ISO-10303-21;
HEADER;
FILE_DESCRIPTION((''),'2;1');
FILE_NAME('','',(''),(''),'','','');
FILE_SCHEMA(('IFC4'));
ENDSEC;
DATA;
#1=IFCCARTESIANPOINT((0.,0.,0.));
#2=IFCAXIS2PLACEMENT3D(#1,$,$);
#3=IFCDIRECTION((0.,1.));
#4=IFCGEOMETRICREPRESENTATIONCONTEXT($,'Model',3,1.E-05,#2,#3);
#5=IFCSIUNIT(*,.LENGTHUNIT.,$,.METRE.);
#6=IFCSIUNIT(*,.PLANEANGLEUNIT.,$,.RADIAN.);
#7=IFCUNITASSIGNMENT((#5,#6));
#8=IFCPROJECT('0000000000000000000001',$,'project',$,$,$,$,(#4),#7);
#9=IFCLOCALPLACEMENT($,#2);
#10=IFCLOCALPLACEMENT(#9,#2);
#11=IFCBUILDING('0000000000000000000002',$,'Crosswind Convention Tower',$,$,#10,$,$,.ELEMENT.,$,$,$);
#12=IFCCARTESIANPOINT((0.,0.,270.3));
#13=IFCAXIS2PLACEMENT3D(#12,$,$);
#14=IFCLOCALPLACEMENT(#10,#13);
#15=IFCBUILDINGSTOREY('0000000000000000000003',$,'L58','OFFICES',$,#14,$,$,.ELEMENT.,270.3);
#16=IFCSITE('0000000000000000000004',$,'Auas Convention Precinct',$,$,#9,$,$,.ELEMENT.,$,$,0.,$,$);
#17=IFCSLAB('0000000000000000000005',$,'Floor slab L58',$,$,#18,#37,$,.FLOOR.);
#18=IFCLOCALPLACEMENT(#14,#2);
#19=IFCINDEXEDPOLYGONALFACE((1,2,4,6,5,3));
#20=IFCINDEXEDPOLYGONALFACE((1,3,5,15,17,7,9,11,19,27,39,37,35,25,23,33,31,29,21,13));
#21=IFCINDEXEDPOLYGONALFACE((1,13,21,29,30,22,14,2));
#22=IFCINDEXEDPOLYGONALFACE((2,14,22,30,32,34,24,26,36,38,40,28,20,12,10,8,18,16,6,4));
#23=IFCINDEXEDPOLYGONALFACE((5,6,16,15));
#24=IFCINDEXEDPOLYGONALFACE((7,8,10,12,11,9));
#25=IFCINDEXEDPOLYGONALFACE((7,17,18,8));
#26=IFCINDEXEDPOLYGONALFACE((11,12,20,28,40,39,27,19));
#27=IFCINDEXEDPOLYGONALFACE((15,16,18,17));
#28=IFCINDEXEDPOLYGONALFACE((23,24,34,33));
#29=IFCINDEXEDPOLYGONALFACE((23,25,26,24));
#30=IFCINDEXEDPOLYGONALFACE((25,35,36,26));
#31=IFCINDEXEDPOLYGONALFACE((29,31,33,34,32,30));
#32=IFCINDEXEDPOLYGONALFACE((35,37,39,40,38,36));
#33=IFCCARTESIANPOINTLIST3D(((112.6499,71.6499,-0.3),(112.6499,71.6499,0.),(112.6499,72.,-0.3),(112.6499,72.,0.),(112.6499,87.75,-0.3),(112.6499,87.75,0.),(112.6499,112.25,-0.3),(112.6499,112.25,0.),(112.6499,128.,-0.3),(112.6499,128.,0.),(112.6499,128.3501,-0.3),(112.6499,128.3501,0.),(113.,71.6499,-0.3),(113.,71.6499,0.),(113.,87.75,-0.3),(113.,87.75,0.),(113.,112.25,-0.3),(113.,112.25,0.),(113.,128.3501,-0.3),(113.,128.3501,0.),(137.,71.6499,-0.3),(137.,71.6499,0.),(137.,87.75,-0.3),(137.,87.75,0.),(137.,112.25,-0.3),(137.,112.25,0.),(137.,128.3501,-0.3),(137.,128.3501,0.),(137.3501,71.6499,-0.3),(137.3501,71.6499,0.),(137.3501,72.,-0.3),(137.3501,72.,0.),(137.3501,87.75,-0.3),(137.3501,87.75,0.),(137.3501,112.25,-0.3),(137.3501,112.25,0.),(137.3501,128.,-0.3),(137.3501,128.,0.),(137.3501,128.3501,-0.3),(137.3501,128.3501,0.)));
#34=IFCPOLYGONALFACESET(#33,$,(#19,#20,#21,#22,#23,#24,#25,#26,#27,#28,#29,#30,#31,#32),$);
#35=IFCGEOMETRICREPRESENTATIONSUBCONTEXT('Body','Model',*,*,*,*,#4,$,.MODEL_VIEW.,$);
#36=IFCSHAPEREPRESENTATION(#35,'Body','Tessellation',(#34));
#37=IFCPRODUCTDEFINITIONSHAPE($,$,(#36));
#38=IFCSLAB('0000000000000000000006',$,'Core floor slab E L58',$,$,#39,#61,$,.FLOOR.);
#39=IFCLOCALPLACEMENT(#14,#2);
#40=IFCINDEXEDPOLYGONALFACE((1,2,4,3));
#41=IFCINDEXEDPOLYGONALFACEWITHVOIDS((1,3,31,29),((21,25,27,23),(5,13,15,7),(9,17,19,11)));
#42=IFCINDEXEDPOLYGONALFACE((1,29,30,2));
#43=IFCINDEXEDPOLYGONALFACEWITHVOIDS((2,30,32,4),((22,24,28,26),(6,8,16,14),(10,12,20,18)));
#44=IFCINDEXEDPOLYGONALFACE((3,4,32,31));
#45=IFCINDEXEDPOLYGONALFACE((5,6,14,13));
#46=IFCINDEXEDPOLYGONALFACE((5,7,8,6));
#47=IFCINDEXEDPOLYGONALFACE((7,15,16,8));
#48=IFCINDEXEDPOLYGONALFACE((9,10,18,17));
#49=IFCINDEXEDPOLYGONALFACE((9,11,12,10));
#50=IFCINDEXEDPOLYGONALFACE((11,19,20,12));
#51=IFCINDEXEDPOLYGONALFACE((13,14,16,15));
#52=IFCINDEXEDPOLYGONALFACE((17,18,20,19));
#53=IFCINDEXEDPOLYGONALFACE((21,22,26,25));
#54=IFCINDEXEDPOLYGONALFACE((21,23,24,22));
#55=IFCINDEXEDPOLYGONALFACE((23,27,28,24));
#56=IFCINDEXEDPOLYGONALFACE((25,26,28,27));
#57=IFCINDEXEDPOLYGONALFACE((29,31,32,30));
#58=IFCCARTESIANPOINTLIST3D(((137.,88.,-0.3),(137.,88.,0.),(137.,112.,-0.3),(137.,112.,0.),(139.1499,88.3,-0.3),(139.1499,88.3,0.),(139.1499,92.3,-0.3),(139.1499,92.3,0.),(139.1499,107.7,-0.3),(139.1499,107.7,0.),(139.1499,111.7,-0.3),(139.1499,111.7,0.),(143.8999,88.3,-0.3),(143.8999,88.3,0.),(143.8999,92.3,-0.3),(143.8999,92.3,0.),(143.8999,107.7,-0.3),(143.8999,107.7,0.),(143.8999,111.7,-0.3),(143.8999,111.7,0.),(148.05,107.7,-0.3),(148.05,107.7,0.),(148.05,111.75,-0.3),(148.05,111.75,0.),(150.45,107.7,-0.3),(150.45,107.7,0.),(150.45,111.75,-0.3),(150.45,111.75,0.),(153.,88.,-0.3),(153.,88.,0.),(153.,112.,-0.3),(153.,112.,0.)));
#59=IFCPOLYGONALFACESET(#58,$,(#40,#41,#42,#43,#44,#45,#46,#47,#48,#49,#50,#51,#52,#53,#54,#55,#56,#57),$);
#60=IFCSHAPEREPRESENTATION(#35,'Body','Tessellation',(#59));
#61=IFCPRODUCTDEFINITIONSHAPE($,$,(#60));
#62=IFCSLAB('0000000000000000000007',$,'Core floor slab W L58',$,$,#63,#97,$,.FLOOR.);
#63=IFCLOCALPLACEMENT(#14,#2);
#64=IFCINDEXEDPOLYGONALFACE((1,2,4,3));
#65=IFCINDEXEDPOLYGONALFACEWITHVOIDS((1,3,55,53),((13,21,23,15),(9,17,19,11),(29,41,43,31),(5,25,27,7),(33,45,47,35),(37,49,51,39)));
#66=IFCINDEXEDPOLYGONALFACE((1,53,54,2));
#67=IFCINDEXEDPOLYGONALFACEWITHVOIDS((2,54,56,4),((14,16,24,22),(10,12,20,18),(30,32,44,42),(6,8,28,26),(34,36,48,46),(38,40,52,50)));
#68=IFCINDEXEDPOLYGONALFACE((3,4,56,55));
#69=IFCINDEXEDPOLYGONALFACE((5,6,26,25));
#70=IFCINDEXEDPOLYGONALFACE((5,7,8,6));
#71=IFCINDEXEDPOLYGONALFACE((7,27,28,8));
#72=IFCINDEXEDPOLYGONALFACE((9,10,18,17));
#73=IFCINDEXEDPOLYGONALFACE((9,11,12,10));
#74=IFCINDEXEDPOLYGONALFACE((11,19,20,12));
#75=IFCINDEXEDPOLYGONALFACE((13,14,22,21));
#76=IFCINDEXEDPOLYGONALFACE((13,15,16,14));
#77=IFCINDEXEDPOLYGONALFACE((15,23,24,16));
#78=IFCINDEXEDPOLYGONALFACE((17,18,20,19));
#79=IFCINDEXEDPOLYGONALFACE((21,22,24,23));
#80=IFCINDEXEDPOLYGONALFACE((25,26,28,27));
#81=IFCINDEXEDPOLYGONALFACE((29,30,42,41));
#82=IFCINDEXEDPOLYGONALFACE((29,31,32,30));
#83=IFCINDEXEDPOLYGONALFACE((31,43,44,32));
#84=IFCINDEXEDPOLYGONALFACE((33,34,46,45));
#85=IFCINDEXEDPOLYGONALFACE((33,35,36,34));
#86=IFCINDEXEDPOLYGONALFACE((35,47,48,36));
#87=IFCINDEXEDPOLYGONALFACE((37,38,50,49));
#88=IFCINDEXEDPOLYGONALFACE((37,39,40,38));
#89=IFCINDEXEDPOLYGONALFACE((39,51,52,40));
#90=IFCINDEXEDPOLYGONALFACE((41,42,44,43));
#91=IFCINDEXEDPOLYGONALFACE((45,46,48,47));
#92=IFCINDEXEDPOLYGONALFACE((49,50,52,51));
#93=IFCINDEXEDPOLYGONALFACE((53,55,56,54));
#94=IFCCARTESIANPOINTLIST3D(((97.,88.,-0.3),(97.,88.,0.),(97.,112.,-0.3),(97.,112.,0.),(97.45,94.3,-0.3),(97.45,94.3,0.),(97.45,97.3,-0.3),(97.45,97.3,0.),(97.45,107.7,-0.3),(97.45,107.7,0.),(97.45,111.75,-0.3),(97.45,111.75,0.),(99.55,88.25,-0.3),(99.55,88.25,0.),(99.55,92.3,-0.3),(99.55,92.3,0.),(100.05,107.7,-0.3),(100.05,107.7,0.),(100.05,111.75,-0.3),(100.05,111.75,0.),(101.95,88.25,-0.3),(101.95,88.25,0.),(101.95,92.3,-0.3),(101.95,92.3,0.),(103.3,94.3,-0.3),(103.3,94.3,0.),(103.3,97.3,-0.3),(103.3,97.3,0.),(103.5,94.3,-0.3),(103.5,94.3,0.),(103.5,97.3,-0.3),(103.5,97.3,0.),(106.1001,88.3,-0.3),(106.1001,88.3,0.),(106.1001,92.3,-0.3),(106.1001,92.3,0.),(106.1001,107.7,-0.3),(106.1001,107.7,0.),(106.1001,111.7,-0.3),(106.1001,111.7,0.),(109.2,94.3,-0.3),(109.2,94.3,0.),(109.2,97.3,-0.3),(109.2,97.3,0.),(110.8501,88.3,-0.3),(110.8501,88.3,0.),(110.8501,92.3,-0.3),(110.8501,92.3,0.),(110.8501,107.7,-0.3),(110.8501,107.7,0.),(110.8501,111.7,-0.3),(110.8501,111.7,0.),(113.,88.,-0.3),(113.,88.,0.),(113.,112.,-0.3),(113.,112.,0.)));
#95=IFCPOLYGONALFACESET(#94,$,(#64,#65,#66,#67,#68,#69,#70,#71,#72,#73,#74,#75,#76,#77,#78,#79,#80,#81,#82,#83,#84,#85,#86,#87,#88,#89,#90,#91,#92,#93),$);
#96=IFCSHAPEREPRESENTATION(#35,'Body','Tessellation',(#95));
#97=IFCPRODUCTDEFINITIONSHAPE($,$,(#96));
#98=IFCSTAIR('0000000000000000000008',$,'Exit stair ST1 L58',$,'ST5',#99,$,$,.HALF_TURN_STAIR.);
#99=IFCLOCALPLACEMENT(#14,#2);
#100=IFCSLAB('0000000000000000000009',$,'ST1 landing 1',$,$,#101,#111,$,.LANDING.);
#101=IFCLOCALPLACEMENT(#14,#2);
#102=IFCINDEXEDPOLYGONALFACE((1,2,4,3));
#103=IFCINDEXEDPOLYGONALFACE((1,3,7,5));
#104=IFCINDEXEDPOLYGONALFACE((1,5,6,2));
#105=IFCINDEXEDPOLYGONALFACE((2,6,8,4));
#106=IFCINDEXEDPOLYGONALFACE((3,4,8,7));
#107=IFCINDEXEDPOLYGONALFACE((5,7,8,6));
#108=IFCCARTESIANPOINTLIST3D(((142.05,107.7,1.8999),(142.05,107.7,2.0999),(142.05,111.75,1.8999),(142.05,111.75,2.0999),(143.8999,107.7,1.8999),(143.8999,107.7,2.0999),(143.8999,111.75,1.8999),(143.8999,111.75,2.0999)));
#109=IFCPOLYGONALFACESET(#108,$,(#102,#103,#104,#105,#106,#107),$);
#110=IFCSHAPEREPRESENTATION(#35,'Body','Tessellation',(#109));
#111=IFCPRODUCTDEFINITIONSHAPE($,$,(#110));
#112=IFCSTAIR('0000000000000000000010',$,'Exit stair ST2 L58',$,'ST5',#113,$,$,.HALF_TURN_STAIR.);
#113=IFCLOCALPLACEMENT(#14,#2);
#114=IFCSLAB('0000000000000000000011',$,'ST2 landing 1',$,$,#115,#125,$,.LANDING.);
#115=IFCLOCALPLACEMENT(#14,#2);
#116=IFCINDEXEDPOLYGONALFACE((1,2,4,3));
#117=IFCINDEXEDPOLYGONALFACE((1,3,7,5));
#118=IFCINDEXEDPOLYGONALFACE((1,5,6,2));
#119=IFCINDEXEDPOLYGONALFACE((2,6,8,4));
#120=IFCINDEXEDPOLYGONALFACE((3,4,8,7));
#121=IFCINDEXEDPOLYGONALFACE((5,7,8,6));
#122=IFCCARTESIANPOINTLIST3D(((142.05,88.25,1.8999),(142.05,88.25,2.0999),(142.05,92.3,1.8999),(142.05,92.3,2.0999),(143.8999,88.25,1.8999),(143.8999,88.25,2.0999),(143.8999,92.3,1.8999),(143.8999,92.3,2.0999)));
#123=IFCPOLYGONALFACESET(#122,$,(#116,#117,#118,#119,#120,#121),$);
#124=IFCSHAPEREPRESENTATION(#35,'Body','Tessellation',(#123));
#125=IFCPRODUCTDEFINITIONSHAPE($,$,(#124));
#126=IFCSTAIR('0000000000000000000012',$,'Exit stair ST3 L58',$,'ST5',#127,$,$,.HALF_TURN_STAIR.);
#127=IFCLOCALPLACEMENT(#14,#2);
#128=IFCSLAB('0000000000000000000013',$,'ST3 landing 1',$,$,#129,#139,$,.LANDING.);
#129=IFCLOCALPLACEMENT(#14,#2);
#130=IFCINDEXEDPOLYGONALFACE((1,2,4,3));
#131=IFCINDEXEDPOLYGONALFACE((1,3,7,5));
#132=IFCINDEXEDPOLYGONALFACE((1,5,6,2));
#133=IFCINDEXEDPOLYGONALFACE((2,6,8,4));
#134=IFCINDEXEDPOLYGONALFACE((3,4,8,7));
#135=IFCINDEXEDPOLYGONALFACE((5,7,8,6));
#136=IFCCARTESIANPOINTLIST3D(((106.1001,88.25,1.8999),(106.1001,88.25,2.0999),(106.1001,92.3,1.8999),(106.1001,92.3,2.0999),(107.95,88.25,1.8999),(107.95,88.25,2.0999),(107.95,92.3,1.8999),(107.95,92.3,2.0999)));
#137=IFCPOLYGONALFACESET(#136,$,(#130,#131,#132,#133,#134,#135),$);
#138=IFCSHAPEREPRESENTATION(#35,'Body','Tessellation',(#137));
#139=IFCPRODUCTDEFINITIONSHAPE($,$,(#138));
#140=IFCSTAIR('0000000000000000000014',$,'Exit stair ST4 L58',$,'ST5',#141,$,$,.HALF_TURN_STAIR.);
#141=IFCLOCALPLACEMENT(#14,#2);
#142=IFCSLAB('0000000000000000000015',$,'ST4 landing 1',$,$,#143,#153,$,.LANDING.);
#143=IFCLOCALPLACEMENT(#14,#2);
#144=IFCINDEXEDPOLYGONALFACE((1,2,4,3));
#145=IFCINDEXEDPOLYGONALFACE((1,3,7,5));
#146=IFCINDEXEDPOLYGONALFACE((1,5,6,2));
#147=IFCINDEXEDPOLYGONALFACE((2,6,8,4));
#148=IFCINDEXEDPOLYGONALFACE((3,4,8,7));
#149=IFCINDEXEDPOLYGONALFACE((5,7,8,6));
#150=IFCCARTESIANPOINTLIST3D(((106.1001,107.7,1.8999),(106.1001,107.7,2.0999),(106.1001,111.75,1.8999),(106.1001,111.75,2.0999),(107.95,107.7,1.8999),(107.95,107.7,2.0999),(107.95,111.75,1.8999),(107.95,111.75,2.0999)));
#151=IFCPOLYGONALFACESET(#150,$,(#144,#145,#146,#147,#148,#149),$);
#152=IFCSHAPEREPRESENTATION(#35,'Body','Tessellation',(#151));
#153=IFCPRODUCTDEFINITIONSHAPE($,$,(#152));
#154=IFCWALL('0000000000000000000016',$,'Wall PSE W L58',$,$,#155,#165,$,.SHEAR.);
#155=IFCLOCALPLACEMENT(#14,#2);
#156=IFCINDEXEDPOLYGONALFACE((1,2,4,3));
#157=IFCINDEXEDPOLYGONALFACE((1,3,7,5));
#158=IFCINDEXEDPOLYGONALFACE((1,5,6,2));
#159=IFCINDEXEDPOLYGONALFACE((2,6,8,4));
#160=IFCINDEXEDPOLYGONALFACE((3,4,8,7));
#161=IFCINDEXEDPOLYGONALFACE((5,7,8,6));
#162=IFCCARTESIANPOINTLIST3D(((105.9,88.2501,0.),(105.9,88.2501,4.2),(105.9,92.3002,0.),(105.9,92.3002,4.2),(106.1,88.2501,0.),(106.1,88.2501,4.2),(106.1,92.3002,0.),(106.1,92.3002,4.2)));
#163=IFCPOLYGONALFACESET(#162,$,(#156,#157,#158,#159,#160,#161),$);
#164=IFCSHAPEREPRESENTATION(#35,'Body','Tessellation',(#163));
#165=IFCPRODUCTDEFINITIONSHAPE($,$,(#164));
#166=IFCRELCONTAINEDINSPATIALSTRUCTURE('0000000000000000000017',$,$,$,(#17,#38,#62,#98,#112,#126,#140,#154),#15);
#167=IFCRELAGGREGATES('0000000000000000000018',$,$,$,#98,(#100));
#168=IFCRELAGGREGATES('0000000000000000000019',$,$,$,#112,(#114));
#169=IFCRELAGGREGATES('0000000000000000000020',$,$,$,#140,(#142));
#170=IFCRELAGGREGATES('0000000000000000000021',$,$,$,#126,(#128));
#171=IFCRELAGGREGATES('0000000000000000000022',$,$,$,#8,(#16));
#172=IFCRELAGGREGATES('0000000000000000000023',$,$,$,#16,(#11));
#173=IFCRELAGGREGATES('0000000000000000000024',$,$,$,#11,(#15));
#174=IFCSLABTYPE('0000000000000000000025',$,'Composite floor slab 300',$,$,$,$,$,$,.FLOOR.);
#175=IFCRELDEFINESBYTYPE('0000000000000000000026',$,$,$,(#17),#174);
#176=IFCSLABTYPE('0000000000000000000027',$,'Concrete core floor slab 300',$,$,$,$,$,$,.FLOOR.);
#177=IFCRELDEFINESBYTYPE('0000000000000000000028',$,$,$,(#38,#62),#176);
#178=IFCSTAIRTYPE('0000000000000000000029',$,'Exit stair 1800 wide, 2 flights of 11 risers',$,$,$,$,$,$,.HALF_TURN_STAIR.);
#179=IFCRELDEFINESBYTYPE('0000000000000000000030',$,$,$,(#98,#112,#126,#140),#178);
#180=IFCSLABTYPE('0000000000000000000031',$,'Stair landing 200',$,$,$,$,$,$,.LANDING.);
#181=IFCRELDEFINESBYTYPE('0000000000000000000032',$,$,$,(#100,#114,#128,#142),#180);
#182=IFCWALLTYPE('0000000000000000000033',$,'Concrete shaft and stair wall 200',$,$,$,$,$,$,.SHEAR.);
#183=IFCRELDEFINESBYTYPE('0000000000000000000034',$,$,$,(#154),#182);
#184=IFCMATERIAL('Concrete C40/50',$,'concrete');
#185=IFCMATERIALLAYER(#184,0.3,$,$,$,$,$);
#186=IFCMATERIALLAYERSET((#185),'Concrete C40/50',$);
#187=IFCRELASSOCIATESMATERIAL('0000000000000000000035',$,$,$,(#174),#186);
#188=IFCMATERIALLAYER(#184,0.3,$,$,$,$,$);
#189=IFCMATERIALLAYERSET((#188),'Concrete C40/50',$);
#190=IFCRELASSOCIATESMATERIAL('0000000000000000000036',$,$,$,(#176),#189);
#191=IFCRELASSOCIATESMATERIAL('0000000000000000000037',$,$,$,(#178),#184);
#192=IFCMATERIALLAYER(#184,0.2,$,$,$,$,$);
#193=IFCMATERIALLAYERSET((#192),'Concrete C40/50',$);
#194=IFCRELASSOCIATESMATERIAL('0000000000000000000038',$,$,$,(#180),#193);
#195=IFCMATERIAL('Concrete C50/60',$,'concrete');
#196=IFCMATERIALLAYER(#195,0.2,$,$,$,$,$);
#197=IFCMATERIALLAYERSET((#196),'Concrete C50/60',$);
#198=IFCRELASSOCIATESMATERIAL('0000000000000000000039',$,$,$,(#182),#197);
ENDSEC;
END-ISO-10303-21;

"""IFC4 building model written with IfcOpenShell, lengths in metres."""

from ifc_helpers import new_model, si_unit, direction, frame, frame_2d, origin, place, context, subcontext, project, spatial, polyline, rectangle, outline, extrude, material, layer, layer_set, type_object, element, aggregate, save


model = new_model("IFC4")

# Units and contexts
model_context = context("Model", 3, precision=1e-05, world=origin(), true_north=direction((0.0, 1.0)))
body_context = subcontext(model_context, "Body", "Model", "MODEL_VIEW")
ifc_project = project(units=[si_unit("LENGTHUNIT", "METRE"), si_unit("PLANEANGLEUNIT", "RADIAN")], contexts=[model_context])

# Site, building, storey
site_placement = place(None, origin())
site = spatial("IfcSite", under=ifc_project, at=site_placement, Name="Auas Convention Precinct", CompositionType="ELEMENT", RefElevation=0.0)
building_placement = place(site_placement, origin())
building = spatial("IfcBuilding", under=site, at=building_placement, Name="Crosswind Convention Tower", CompositionType="ELEMENT")
storey_placement = place(building_placement, frame((0.0, 0.0, 270.3)))
storey = spatial("IfcBuildingStorey", under=building, at=storey_placement, Name="L58", Description="OFFICES", CompositionType="ELEMENT", Elevation=270.3)

# Slabs
ifc_material_1 = material(Name="Concrete C40/50", Category="concrete")
ifc_layer_1 = layer(ifc_material_1, 0.3)
ifc_layer_set_1 = layer_set([ifc_layer_1], Name="Concrete C40/50")
slab_type_1 = type_object("IfcSlabType", Name="Composite floor slab 300", PredefinedType="FLOOR", material=ifc_layer_set_1)
slab_1_placement = place(storey_placement, frame((0.0, 0.0, -0.3)))
element("IfcSlab", 1, at=slab_1_placement, inside=storey, type_object=slab_type_1, Name="Floor slab L58", PredefinedType="FLOOR", context=body_context, shape_type="SweptSolid", body=[
    extrude(outline(polyline([(137.3501, 71.6499), (137.0, 71.6499), (113.0, 71.6499), (112.6499, 71.6499), (112.6499, 72.0), (112.6499, 87.75), (113.0, 87.75), (113.0, 112.25), (112.6499, 112.25), (112.6499, 128.0), (112.6499, 128.3501), (113.0, 128.3501), (137.0, 128.3501), (137.3501, 128.3501), (137.3501, 128.0), (137.3501, 112.25), (137.0, 112.25), (137.0, 87.75), (137.3501, 87.75), (137.3501, 72.0), (137.3501, 71.6499)])), origin(), (0.0, 0.0, 1.0), 0.3),
])
ifc_layer_2 = layer(ifc_material_1, 0.3)
ifc_layer_set_2 = layer_set([ifc_layer_2], Name="Concrete C40/50")
slab_type_2 = type_object("IfcSlabType", Name="Concrete core floor slab 300", PredefinedType="FLOOR", material=ifc_layer_set_2)
slab_2_placement = place(storey_placement, frame((0.0, 0.0, -0.3)))
element("IfcSlab", 2, at=slab_2_placement, inside=storey, type_object=slab_type_2, Name="Core floor slab E L58", PredefinedType="FLOOR", context=body_context, shape_type="SweptSolid", body=[
    extrude(outline(polyline([(137.0, 88.0), (153.0, 88.0), (153.0, 112.0), (137.0, 112.0), (137.0, 88.0)]), holes=[polyline([(150.45, 107.7), (150.45, 111.75), (148.05, 111.75), (148.05, 107.7), (150.45, 107.7)]), polyline([(143.8999, 107.7), (143.8999, 111.7), (139.1499, 111.7), (139.1499, 107.7), (143.8999, 107.7)]), polyline([(143.8999, 88.3), (143.8999, 92.3), (139.1499, 92.3), (139.1499, 88.3), (143.8999, 88.3)])]), origin(), (0.0, 0.0, 1.0), 0.3),
])
slab_3_placement = place(storey_placement, frame((0.0, 0.0, -0.3)))
element("IfcSlab", 3, at=slab_3_placement, inside=storey, type_object=slab_type_2, Name="Core floor slab W L58", PredefinedType="FLOOR", context=body_context, shape_type="SweptSolid", body=[
    extrude(outline(polyline([(97.0, 88.0), (113.0, 88.0), (113.0, 112.0), (97.0, 112.0), (97.0, 88.0)]), holes=[polyline([(109.2, 94.3), (109.2, 97.3), (103.5, 97.3), (103.5, 94.3), (109.2, 94.3)]), polyline([(103.3, 94.3), (103.3, 97.3), (97.45, 97.3), (97.45, 94.3), (103.3, 94.3)]), polyline([(101.95, 88.25), (101.95, 92.3), (99.55, 92.3), (99.55, 88.25), (101.95, 88.25)]), polyline([(100.05, 107.7), (100.05, 111.75), (97.45, 111.75), (97.45, 107.7), (100.05, 107.7)]), polyline([(110.8501, 88.3), (110.8501, 92.3), (106.1001, 92.3), (106.1001, 88.3), (110.8501, 88.3)]), polyline([(110.8501, 107.7), (110.8501, 111.7), (106.1001, 111.7), (106.1001, 107.7), (110.8501, 107.7)])]), origin(), (0.0, 0.0, 1.0), 0.3),
])

# Stairs, slabs
stair_type = type_object("IfcStairType", Name="Exit stair 1800 wide, 2 flights of 11 risers", PredefinedType="HALF_TURN_STAIR", material=ifc_material_1)
stair_1_placement = place(storey_placement, origin())
stair_1 = element("IfcStair", 4, at=stair_1_placement, inside=storey, type_object=stair_type, Name="Exit stair ST1 L58", ObjectType="ST5", PredefinedType="HALF_TURN_STAIR")
ifc_layer_3 = layer(ifc_material_1, 0.2)
ifc_layer_set_3 = layer_set([ifc_layer_3], Name="Concrete C40/50")
slab_type_3 = type_object("IfcSlabType", Name="Stair landing 200", PredefinedType="LANDING", material=ifc_layer_set_3)
slab_4_placement = place(storey_placement, frame((0.0, 0.0, 1.8999)))
slab_4 = element("IfcSlab", 5, at=slab_4_placement, type_object=slab_type_3, Name="ST1 landing 1", PredefinedType="LANDING", context=body_context, shape_type="SweptSolid", body=[
    extrude(outline(polyline([(143.8999, 107.7), (143.8999, 111.75), (142.05, 111.75), (142.05, 107.7), (143.8999, 107.7)])), origin(), (0.0, 0.0, 1.0), 0.2),
])
aggregate(stair_1, [slab_4])
stair_2_placement = place(storey_placement, origin())
stair_2 = element("IfcStair", 6, at=stair_2_placement, inside=storey, type_object=stair_type, Name="Exit stair ST2 L58", ObjectType="ST5", PredefinedType="HALF_TURN_STAIR")
slab_5_placement = place(storey_placement, frame((0.0, 0.0, 1.8999)))
slab_5 = element("IfcSlab", 7, at=slab_5_placement, type_object=slab_type_3, Name="ST2 landing 1", PredefinedType="LANDING", context=body_context, shape_type="SweptSolid", body=[
    extrude(outline(polyline([(143.8999, 88.25), (143.8999, 92.3), (142.05, 92.3), (142.05, 88.25), (143.8999, 88.25)])), origin(), (0.0, 0.0, 1.0), 0.2),
])
aggregate(stair_2, [slab_5])
stair_3_placement = place(storey_placement, origin())
stair_3 = element("IfcStair", 8, at=stair_3_placement, inside=storey, type_object=stair_type, Name="Exit stair ST3 L58", ObjectType="ST5", PredefinedType="HALF_TURN_STAIR")
slab_6_placement = place(storey_placement, frame((0.0, 0.0, 1.8999)))
slab_6 = element("IfcSlab", 9, at=slab_6_placement, type_object=slab_type_3, Name="ST3 landing 1", PredefinedType="LANDING", context=body_context, shape_type="SweptSolid", body=[
    extrude(outline(polyline([(107.95, 88.25), (107.95, 92.3), (106.1001, 92.3), (106.1001, 88.25), (107.95, 88.25)])), origin(), (0.0, 0.0, 1.0), 0.2),
])
stair_4_placement = place(storey_placement, origin())
stair_4 = element("IfcStair", 10, at=stair_4_placement, inside=storey, type_object=stair_type, Name="Exit stair ST4 L58", ObjectType="ST5", PredefinedType="HALF_TURN_STAIR")
slab_7_placement = place(storey_placement, frame((0.0, 0.0, 1.8999)))
slab_7 = element("IfcSlab", 11, at=slab_7_placement, type_object=slab_type_3, Name="ST4 landing 1", PredefinedType="LANDING", context=body_context, shape_type="SweptSolid", body=[
    extrude(outline(polyline([(107.95, 107.7), (107.95, 111.75), (106.1001, 111.75), (106.1001, 107.7), (107.95, 107.7)])), origin(), (0.0, 0.0, 1.0), 0.2),
])
aggregate(stair_4, [slab_7])

# Wall
ifc_material_2 = material(Name="Concrete C50/60", Category="concrete")
ifc_layer_4 = layer(ifc_material_2, 0.2)
ifc_layer_set_4 = layer_set([ifc_layer_4], Name="Concrete C50/60")
wall_type_1 = type_object("IfcWallType", Name="Concrete shaft and stair wall 200", PredefinedType="SHEAR", material=ifc_layer_set_4)
wall_1_placement = place(storey_placement, frame((106.0, 92.3, 0.0), z_axis=(0.0, 0.0, 1.0), x_axis=(0.0, -1.0, 0.0)))
element("IfcWall", 12, at=wall_1_placement, inside=storey, type_object=wall_type_1, Name="Wall PSE W L58", PredefinedType="SHEAR", context=body_context, shape_type="SweptSolid", body=[
    extrude(rectangle(XDim=4.05, YDim=0.2, at=frame_2d((2.0249, 0.0))), origin(), (0.0, 0.0, 1.0), 4.2),
])

aggregate(stair_3, [slab_6])

save(model, "model.ifc")
